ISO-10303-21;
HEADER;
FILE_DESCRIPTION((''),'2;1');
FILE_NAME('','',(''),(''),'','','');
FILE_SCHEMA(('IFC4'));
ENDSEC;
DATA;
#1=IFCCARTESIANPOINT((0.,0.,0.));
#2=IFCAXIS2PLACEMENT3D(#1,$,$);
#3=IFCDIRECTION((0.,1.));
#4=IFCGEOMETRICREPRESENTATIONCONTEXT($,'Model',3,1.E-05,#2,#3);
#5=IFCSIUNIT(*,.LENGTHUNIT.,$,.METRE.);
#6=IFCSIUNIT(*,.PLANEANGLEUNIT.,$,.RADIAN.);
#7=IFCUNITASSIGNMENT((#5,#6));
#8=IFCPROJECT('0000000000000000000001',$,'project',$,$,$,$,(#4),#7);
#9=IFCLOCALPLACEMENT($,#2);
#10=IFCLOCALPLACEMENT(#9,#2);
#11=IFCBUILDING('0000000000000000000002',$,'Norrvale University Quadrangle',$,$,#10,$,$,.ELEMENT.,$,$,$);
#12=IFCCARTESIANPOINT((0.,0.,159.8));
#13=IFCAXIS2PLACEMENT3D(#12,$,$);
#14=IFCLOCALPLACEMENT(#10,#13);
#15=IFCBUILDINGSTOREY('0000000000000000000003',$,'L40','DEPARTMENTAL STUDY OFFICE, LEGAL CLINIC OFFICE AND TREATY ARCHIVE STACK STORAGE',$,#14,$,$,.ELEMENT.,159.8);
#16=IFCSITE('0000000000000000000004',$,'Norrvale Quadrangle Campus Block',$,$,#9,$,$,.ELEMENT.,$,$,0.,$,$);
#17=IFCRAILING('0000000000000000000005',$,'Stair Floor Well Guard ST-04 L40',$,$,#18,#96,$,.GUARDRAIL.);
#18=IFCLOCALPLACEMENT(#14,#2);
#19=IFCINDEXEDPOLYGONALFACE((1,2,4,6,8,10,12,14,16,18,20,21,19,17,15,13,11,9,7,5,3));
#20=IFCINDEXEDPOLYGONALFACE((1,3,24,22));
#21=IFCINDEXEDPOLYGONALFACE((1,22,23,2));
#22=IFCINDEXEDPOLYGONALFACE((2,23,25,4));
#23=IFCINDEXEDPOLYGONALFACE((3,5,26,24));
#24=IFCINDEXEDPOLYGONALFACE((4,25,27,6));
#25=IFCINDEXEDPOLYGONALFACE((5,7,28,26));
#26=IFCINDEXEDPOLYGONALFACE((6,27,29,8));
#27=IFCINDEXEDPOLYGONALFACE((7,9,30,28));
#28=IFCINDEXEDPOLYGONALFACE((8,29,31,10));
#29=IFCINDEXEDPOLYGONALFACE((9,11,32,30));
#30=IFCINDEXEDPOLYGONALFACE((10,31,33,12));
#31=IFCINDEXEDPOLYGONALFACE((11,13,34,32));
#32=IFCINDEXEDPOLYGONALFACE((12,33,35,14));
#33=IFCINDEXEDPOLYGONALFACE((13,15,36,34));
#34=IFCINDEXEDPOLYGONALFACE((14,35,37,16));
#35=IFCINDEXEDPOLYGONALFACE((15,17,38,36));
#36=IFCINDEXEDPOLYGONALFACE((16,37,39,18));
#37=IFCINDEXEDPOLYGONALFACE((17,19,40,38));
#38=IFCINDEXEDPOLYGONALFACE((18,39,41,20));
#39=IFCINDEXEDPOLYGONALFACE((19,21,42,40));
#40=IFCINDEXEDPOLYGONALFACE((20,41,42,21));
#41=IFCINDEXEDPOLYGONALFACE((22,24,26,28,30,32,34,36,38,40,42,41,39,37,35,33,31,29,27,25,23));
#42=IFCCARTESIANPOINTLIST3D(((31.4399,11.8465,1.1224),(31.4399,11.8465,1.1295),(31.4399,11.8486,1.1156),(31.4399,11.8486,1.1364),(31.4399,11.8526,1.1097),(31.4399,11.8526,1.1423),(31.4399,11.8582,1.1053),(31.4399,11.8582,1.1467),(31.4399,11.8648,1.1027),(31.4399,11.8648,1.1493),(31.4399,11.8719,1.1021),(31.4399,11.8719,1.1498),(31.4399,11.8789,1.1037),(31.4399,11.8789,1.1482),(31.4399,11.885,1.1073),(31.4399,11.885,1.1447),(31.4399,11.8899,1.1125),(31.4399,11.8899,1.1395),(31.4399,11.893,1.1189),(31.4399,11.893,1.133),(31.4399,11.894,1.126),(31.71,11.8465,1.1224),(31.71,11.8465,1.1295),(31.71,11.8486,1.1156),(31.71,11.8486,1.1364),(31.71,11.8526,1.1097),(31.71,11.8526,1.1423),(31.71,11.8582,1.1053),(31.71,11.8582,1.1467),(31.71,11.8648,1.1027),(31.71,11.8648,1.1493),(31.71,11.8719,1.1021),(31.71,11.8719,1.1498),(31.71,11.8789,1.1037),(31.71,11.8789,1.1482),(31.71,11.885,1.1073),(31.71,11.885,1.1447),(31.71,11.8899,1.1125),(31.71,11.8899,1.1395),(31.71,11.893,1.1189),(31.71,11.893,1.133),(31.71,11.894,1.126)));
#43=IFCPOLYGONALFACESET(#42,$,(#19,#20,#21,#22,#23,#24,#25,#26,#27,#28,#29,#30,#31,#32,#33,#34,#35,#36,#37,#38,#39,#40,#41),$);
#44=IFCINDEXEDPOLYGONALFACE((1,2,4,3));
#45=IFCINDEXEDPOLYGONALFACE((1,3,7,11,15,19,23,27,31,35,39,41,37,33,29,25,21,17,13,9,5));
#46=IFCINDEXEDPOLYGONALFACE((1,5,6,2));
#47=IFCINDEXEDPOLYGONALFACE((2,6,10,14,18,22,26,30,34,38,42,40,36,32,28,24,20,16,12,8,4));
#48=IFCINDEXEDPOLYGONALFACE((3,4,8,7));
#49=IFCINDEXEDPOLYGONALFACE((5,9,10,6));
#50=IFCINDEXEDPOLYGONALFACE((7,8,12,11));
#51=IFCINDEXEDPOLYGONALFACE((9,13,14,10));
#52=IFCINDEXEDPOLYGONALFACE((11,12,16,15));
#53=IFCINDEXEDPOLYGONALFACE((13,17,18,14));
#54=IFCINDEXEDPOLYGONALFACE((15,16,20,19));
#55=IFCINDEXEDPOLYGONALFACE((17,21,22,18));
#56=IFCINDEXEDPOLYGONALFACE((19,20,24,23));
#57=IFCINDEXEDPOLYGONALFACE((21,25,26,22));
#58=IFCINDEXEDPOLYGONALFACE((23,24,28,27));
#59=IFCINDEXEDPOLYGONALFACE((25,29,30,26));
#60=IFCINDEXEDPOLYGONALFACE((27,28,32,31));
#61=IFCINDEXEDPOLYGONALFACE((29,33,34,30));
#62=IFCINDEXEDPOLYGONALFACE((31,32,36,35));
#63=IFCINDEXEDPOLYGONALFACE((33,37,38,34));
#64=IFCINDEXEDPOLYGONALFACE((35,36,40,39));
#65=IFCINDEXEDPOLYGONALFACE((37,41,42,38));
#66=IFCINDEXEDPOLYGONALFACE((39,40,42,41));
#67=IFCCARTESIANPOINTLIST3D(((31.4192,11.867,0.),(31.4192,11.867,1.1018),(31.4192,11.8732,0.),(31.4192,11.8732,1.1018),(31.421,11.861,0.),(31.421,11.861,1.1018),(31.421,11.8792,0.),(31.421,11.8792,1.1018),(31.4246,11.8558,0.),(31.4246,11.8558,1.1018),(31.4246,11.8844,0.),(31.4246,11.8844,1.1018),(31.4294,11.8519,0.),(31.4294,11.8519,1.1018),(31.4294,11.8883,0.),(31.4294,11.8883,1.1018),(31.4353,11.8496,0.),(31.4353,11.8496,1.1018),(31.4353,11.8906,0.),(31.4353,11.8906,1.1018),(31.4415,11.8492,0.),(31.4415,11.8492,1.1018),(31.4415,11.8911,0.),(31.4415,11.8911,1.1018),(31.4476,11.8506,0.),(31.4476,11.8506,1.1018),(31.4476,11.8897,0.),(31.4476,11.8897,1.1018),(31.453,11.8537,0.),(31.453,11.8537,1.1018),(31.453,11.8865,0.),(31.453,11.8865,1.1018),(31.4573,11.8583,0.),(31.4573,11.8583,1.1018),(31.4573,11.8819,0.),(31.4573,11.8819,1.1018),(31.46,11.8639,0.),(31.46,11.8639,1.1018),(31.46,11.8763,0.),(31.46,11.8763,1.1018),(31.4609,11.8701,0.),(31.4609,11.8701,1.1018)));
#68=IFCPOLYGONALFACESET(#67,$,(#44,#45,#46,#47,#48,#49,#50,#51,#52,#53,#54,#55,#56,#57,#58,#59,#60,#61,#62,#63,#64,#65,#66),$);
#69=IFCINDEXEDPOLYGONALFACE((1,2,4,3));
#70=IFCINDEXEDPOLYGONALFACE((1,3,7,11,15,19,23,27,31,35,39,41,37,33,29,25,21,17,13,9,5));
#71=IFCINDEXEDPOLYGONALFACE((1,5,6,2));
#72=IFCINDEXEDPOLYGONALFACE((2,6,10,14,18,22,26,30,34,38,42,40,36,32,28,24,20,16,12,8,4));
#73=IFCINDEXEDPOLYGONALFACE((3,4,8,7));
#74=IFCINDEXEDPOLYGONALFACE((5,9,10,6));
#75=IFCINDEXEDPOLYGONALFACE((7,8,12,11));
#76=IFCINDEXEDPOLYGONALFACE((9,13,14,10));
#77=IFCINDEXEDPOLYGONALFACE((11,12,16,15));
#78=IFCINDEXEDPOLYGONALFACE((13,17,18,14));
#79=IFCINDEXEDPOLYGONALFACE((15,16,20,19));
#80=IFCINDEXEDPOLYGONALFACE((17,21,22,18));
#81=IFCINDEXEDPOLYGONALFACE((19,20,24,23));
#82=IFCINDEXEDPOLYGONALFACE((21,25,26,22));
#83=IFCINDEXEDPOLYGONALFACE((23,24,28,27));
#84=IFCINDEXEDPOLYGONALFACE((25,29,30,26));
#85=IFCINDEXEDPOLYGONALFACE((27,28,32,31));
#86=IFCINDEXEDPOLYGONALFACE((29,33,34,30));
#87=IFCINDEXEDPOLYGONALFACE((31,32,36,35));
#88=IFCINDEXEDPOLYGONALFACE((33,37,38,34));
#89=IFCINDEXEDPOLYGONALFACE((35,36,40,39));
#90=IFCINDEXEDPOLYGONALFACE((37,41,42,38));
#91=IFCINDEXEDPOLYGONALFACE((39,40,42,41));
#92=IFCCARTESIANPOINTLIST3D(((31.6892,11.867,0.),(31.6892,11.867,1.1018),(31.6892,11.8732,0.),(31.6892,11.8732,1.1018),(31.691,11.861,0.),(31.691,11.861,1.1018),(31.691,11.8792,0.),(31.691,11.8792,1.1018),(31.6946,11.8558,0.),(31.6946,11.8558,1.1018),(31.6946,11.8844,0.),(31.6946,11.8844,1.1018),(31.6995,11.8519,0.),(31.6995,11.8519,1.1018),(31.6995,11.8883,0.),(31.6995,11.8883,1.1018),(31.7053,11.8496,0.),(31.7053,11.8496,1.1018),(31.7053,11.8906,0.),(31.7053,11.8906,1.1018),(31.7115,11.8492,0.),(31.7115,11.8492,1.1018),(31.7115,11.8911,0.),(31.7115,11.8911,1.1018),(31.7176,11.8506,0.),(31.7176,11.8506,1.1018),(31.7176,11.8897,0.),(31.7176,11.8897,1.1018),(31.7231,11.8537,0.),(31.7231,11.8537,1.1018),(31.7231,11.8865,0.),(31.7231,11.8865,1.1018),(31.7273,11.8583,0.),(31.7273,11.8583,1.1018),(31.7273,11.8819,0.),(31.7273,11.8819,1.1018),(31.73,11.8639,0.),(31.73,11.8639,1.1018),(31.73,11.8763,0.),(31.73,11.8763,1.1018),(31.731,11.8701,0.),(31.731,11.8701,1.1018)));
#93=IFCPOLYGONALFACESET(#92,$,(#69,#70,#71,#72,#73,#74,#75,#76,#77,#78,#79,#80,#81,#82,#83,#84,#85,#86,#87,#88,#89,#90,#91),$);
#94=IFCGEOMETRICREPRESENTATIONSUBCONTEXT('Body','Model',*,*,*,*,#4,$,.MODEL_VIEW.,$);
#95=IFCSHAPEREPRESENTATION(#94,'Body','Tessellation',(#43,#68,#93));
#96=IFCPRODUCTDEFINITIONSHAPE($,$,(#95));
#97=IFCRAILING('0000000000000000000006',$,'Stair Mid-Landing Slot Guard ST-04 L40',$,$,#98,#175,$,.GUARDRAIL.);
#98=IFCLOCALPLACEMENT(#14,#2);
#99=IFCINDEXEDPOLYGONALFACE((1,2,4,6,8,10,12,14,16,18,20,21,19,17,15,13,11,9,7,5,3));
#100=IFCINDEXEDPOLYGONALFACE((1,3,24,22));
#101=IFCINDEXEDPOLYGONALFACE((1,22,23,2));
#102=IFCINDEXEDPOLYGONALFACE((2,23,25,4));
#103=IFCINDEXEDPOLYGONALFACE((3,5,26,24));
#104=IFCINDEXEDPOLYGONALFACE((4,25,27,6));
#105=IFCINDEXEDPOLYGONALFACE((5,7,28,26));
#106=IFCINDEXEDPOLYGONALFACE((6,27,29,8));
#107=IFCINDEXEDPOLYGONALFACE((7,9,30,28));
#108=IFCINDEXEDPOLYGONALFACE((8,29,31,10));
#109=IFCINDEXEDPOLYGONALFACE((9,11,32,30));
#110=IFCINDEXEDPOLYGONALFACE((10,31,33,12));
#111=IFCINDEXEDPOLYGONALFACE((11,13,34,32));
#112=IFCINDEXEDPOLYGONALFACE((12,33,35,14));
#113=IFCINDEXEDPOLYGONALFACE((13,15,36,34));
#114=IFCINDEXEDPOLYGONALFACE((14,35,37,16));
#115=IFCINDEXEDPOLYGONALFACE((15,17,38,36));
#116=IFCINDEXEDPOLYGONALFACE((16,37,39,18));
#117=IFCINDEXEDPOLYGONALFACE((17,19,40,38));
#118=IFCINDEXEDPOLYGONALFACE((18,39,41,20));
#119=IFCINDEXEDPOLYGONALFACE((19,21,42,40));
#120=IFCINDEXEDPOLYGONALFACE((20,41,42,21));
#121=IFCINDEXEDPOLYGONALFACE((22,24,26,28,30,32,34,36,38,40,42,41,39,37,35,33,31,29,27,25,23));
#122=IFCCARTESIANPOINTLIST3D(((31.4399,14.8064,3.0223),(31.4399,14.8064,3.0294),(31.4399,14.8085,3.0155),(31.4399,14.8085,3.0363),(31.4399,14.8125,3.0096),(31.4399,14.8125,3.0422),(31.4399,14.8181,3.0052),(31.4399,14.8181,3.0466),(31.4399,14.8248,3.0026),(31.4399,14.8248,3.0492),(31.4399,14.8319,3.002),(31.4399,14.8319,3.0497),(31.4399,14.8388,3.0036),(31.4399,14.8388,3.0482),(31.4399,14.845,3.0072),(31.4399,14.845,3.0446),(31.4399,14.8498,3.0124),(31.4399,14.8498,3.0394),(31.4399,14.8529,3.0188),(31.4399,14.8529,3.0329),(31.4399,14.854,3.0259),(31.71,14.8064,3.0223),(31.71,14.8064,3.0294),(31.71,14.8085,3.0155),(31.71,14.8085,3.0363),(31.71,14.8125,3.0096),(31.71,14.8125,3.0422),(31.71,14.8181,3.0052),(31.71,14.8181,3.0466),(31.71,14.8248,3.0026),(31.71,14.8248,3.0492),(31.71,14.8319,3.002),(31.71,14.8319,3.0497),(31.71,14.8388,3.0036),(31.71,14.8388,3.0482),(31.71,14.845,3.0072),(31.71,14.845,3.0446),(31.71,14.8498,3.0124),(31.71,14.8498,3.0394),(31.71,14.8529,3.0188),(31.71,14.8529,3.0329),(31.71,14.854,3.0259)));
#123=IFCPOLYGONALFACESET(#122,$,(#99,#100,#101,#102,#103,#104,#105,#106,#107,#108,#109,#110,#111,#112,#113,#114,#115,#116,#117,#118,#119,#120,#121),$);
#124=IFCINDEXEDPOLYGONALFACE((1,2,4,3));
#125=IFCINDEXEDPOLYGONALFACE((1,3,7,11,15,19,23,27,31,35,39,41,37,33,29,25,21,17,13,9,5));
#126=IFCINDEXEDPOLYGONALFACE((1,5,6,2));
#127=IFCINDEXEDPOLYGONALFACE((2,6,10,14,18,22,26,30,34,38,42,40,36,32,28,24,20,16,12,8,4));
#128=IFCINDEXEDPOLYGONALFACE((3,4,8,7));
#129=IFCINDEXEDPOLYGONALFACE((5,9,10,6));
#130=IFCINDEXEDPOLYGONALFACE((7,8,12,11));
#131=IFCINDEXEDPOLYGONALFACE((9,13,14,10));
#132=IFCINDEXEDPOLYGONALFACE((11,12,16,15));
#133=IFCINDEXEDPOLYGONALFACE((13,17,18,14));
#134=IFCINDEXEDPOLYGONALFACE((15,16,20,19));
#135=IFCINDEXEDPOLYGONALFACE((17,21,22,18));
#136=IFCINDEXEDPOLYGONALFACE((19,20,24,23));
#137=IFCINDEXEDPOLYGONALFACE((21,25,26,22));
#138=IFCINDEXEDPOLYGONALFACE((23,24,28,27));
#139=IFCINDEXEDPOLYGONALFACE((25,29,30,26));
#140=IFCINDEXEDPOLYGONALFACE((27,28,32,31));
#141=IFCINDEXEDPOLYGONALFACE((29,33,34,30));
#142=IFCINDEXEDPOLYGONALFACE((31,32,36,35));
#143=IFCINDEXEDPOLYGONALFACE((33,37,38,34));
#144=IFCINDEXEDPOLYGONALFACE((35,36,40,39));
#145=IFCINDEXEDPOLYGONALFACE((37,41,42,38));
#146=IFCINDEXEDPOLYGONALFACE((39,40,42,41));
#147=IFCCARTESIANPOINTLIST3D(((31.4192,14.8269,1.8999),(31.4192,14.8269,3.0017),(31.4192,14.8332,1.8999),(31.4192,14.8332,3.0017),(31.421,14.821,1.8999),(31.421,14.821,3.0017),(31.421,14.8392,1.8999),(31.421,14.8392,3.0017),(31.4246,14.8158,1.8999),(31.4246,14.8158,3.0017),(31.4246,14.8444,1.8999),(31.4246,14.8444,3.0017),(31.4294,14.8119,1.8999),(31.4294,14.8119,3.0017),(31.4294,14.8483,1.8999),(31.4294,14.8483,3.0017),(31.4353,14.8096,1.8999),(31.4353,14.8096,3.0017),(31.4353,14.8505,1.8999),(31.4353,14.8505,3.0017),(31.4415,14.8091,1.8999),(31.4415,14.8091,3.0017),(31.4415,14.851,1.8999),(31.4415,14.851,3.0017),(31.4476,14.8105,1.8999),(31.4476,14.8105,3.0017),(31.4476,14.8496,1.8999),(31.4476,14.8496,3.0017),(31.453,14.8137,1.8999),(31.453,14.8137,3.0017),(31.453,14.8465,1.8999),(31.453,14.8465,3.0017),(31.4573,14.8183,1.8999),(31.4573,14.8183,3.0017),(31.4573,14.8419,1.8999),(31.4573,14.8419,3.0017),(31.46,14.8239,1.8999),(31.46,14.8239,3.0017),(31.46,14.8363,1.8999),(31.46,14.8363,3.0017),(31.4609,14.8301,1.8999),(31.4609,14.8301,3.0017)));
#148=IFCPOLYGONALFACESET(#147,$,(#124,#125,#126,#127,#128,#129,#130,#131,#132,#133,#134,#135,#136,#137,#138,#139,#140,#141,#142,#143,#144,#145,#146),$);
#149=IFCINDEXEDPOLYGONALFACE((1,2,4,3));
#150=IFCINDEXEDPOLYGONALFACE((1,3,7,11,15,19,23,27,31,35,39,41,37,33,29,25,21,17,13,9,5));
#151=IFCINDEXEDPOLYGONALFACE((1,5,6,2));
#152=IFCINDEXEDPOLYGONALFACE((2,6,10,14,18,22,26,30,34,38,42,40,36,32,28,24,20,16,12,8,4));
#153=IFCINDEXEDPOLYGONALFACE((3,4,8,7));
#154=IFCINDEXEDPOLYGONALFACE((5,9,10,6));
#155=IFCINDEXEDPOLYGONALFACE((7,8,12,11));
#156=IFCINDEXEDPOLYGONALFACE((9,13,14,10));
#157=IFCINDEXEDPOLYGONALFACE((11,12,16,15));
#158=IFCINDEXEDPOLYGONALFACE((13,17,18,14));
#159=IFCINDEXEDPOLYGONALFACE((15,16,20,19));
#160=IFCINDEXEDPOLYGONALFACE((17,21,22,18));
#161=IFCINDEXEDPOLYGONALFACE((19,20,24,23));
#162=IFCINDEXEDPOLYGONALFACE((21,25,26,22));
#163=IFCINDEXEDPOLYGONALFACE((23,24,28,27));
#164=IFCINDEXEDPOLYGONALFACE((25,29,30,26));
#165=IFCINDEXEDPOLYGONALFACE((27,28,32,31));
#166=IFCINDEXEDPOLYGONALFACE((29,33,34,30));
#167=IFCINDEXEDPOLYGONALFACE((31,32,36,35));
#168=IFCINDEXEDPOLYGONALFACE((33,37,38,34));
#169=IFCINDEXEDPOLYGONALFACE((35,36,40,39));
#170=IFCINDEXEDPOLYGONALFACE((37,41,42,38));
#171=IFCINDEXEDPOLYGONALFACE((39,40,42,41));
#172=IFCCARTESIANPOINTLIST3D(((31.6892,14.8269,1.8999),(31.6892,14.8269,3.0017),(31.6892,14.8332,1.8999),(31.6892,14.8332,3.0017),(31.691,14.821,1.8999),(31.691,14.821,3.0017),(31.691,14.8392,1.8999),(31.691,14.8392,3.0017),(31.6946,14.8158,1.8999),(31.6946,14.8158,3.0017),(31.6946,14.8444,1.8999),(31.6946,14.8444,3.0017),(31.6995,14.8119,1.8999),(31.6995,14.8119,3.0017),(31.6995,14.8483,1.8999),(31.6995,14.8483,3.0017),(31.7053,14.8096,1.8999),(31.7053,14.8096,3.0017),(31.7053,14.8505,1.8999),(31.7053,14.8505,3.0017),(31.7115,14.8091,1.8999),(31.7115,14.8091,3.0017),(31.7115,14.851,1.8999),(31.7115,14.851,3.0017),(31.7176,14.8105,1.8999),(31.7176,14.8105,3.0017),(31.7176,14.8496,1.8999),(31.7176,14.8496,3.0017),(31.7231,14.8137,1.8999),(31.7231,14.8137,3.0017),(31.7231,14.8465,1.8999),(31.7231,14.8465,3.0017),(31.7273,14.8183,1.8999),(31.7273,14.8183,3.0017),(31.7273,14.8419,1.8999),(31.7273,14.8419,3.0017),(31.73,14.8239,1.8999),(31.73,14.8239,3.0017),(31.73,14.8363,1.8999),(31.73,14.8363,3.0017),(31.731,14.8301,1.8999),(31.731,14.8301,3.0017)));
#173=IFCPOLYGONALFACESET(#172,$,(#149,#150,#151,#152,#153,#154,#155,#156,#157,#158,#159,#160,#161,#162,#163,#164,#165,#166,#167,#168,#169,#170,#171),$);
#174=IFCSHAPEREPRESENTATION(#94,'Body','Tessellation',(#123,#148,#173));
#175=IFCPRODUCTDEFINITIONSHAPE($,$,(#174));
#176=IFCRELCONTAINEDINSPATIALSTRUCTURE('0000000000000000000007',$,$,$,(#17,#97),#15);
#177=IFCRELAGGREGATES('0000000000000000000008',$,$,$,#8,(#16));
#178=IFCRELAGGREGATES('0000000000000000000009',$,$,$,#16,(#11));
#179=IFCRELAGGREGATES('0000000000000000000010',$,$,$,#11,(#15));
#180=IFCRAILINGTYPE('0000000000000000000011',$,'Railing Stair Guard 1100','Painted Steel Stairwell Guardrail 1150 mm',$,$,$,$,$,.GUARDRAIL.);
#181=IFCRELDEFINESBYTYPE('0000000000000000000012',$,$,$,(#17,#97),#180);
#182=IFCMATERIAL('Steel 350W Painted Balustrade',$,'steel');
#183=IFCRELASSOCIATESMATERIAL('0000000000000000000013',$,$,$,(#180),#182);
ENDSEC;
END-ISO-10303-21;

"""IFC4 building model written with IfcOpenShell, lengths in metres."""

from ifc_helpers import new_model, si_unit, direction, frame, origin, origin_2d, place, context, subcontext, project, spatial, circle, extrude, material, type_object, element, save


model = new_model("IFC4")

# Units and contexts
model_context = context("Model", 3, precision=1e-05, world=origin(), true_north=direction((0.0, 1.0)))
body_context = subcontext(model_context, "Body", "Model", "MODEL_VIEW")
ifc_project = project(units=[si_unit("LENGTHUNIT", "METRE"), si_unit("PLANEANGLEUNIT", "RADIAN")], contexts=[model_context])

# Site, building, storey
site_placement = place(None, origin())
site = spatial("IfcSite", under=ifc_project, at=site_placement, Name="Norrvale Quadrangle Campus Block", CompositionType="ELEMENT", RefElevation=0.0)
building_placement = place(site_placement, origin())
building = spatial("IfcBuilding", under=site, at=building_placement, Name="Norrvale University Quadrangle", CompositionType="ELEMENT")
storey_placement = place(building_placement, frame((0.0, 0.0, 159.8)))
storey = spatial("IfcBuildingStorey", under=building, at=storey_placement, Name="L40", Description="DEPARTMENTAL STUDY OFFICE, LEGAL CLINIC OFFICE AND TREATY ARCHIVE STACK STORAGE", CompositionType="ELEMENT", Elevation=159.8)

# Railings
ifc_material_1 = material(Name="Steel 350W Painted Balustrade", Category="steel")
railing_type_1 = type_object("IfcRailingType", Name="Railing Stair Guard 1100", Description="Painted Steel Stairwell Guardrail 1150 mm", PredefinedType="GUARDRAIL", material=ifc_material_1)
for number, where, name in (
    (1, (31.4399, 11.8701, 0.0), "Stair Floor Well Guard ST-04 L40"),
    (2, (31.4399, 14.8301, 1.8999), "Stair Mid-Landing Slot Guard ST-04 L40"),
):
    element("IfcRailing", number, at=place(storey_placement, frame(where)), inside=storey, type_object=railing_type_1, Name=name, PredefinedType="GUARDRAIL", context=body_context, shape_type="SweptSolid", body=[
        extrude(circle(Radius=0.0239, at=origin_2d()), frame((0.0, 0.0, 1.126), z_axis=(1.0, 0.0, 0.0), x_axis=(0.0, 1.0, 0.0)), (0.0, 0.0, 1.0), 0.27),
        extrude(circle(Radius=0.021, at=origin_2d()), origin(), (0.0, 0.0, 1.0), 1.1018),
        extrude(circle(Radius=0.021, at=origin_2d()), frame((0.27, 0.0, 0.0)), (0.0, 0.0, 1.0), 1.1018),
    ])

save(model, "model.ifc")
